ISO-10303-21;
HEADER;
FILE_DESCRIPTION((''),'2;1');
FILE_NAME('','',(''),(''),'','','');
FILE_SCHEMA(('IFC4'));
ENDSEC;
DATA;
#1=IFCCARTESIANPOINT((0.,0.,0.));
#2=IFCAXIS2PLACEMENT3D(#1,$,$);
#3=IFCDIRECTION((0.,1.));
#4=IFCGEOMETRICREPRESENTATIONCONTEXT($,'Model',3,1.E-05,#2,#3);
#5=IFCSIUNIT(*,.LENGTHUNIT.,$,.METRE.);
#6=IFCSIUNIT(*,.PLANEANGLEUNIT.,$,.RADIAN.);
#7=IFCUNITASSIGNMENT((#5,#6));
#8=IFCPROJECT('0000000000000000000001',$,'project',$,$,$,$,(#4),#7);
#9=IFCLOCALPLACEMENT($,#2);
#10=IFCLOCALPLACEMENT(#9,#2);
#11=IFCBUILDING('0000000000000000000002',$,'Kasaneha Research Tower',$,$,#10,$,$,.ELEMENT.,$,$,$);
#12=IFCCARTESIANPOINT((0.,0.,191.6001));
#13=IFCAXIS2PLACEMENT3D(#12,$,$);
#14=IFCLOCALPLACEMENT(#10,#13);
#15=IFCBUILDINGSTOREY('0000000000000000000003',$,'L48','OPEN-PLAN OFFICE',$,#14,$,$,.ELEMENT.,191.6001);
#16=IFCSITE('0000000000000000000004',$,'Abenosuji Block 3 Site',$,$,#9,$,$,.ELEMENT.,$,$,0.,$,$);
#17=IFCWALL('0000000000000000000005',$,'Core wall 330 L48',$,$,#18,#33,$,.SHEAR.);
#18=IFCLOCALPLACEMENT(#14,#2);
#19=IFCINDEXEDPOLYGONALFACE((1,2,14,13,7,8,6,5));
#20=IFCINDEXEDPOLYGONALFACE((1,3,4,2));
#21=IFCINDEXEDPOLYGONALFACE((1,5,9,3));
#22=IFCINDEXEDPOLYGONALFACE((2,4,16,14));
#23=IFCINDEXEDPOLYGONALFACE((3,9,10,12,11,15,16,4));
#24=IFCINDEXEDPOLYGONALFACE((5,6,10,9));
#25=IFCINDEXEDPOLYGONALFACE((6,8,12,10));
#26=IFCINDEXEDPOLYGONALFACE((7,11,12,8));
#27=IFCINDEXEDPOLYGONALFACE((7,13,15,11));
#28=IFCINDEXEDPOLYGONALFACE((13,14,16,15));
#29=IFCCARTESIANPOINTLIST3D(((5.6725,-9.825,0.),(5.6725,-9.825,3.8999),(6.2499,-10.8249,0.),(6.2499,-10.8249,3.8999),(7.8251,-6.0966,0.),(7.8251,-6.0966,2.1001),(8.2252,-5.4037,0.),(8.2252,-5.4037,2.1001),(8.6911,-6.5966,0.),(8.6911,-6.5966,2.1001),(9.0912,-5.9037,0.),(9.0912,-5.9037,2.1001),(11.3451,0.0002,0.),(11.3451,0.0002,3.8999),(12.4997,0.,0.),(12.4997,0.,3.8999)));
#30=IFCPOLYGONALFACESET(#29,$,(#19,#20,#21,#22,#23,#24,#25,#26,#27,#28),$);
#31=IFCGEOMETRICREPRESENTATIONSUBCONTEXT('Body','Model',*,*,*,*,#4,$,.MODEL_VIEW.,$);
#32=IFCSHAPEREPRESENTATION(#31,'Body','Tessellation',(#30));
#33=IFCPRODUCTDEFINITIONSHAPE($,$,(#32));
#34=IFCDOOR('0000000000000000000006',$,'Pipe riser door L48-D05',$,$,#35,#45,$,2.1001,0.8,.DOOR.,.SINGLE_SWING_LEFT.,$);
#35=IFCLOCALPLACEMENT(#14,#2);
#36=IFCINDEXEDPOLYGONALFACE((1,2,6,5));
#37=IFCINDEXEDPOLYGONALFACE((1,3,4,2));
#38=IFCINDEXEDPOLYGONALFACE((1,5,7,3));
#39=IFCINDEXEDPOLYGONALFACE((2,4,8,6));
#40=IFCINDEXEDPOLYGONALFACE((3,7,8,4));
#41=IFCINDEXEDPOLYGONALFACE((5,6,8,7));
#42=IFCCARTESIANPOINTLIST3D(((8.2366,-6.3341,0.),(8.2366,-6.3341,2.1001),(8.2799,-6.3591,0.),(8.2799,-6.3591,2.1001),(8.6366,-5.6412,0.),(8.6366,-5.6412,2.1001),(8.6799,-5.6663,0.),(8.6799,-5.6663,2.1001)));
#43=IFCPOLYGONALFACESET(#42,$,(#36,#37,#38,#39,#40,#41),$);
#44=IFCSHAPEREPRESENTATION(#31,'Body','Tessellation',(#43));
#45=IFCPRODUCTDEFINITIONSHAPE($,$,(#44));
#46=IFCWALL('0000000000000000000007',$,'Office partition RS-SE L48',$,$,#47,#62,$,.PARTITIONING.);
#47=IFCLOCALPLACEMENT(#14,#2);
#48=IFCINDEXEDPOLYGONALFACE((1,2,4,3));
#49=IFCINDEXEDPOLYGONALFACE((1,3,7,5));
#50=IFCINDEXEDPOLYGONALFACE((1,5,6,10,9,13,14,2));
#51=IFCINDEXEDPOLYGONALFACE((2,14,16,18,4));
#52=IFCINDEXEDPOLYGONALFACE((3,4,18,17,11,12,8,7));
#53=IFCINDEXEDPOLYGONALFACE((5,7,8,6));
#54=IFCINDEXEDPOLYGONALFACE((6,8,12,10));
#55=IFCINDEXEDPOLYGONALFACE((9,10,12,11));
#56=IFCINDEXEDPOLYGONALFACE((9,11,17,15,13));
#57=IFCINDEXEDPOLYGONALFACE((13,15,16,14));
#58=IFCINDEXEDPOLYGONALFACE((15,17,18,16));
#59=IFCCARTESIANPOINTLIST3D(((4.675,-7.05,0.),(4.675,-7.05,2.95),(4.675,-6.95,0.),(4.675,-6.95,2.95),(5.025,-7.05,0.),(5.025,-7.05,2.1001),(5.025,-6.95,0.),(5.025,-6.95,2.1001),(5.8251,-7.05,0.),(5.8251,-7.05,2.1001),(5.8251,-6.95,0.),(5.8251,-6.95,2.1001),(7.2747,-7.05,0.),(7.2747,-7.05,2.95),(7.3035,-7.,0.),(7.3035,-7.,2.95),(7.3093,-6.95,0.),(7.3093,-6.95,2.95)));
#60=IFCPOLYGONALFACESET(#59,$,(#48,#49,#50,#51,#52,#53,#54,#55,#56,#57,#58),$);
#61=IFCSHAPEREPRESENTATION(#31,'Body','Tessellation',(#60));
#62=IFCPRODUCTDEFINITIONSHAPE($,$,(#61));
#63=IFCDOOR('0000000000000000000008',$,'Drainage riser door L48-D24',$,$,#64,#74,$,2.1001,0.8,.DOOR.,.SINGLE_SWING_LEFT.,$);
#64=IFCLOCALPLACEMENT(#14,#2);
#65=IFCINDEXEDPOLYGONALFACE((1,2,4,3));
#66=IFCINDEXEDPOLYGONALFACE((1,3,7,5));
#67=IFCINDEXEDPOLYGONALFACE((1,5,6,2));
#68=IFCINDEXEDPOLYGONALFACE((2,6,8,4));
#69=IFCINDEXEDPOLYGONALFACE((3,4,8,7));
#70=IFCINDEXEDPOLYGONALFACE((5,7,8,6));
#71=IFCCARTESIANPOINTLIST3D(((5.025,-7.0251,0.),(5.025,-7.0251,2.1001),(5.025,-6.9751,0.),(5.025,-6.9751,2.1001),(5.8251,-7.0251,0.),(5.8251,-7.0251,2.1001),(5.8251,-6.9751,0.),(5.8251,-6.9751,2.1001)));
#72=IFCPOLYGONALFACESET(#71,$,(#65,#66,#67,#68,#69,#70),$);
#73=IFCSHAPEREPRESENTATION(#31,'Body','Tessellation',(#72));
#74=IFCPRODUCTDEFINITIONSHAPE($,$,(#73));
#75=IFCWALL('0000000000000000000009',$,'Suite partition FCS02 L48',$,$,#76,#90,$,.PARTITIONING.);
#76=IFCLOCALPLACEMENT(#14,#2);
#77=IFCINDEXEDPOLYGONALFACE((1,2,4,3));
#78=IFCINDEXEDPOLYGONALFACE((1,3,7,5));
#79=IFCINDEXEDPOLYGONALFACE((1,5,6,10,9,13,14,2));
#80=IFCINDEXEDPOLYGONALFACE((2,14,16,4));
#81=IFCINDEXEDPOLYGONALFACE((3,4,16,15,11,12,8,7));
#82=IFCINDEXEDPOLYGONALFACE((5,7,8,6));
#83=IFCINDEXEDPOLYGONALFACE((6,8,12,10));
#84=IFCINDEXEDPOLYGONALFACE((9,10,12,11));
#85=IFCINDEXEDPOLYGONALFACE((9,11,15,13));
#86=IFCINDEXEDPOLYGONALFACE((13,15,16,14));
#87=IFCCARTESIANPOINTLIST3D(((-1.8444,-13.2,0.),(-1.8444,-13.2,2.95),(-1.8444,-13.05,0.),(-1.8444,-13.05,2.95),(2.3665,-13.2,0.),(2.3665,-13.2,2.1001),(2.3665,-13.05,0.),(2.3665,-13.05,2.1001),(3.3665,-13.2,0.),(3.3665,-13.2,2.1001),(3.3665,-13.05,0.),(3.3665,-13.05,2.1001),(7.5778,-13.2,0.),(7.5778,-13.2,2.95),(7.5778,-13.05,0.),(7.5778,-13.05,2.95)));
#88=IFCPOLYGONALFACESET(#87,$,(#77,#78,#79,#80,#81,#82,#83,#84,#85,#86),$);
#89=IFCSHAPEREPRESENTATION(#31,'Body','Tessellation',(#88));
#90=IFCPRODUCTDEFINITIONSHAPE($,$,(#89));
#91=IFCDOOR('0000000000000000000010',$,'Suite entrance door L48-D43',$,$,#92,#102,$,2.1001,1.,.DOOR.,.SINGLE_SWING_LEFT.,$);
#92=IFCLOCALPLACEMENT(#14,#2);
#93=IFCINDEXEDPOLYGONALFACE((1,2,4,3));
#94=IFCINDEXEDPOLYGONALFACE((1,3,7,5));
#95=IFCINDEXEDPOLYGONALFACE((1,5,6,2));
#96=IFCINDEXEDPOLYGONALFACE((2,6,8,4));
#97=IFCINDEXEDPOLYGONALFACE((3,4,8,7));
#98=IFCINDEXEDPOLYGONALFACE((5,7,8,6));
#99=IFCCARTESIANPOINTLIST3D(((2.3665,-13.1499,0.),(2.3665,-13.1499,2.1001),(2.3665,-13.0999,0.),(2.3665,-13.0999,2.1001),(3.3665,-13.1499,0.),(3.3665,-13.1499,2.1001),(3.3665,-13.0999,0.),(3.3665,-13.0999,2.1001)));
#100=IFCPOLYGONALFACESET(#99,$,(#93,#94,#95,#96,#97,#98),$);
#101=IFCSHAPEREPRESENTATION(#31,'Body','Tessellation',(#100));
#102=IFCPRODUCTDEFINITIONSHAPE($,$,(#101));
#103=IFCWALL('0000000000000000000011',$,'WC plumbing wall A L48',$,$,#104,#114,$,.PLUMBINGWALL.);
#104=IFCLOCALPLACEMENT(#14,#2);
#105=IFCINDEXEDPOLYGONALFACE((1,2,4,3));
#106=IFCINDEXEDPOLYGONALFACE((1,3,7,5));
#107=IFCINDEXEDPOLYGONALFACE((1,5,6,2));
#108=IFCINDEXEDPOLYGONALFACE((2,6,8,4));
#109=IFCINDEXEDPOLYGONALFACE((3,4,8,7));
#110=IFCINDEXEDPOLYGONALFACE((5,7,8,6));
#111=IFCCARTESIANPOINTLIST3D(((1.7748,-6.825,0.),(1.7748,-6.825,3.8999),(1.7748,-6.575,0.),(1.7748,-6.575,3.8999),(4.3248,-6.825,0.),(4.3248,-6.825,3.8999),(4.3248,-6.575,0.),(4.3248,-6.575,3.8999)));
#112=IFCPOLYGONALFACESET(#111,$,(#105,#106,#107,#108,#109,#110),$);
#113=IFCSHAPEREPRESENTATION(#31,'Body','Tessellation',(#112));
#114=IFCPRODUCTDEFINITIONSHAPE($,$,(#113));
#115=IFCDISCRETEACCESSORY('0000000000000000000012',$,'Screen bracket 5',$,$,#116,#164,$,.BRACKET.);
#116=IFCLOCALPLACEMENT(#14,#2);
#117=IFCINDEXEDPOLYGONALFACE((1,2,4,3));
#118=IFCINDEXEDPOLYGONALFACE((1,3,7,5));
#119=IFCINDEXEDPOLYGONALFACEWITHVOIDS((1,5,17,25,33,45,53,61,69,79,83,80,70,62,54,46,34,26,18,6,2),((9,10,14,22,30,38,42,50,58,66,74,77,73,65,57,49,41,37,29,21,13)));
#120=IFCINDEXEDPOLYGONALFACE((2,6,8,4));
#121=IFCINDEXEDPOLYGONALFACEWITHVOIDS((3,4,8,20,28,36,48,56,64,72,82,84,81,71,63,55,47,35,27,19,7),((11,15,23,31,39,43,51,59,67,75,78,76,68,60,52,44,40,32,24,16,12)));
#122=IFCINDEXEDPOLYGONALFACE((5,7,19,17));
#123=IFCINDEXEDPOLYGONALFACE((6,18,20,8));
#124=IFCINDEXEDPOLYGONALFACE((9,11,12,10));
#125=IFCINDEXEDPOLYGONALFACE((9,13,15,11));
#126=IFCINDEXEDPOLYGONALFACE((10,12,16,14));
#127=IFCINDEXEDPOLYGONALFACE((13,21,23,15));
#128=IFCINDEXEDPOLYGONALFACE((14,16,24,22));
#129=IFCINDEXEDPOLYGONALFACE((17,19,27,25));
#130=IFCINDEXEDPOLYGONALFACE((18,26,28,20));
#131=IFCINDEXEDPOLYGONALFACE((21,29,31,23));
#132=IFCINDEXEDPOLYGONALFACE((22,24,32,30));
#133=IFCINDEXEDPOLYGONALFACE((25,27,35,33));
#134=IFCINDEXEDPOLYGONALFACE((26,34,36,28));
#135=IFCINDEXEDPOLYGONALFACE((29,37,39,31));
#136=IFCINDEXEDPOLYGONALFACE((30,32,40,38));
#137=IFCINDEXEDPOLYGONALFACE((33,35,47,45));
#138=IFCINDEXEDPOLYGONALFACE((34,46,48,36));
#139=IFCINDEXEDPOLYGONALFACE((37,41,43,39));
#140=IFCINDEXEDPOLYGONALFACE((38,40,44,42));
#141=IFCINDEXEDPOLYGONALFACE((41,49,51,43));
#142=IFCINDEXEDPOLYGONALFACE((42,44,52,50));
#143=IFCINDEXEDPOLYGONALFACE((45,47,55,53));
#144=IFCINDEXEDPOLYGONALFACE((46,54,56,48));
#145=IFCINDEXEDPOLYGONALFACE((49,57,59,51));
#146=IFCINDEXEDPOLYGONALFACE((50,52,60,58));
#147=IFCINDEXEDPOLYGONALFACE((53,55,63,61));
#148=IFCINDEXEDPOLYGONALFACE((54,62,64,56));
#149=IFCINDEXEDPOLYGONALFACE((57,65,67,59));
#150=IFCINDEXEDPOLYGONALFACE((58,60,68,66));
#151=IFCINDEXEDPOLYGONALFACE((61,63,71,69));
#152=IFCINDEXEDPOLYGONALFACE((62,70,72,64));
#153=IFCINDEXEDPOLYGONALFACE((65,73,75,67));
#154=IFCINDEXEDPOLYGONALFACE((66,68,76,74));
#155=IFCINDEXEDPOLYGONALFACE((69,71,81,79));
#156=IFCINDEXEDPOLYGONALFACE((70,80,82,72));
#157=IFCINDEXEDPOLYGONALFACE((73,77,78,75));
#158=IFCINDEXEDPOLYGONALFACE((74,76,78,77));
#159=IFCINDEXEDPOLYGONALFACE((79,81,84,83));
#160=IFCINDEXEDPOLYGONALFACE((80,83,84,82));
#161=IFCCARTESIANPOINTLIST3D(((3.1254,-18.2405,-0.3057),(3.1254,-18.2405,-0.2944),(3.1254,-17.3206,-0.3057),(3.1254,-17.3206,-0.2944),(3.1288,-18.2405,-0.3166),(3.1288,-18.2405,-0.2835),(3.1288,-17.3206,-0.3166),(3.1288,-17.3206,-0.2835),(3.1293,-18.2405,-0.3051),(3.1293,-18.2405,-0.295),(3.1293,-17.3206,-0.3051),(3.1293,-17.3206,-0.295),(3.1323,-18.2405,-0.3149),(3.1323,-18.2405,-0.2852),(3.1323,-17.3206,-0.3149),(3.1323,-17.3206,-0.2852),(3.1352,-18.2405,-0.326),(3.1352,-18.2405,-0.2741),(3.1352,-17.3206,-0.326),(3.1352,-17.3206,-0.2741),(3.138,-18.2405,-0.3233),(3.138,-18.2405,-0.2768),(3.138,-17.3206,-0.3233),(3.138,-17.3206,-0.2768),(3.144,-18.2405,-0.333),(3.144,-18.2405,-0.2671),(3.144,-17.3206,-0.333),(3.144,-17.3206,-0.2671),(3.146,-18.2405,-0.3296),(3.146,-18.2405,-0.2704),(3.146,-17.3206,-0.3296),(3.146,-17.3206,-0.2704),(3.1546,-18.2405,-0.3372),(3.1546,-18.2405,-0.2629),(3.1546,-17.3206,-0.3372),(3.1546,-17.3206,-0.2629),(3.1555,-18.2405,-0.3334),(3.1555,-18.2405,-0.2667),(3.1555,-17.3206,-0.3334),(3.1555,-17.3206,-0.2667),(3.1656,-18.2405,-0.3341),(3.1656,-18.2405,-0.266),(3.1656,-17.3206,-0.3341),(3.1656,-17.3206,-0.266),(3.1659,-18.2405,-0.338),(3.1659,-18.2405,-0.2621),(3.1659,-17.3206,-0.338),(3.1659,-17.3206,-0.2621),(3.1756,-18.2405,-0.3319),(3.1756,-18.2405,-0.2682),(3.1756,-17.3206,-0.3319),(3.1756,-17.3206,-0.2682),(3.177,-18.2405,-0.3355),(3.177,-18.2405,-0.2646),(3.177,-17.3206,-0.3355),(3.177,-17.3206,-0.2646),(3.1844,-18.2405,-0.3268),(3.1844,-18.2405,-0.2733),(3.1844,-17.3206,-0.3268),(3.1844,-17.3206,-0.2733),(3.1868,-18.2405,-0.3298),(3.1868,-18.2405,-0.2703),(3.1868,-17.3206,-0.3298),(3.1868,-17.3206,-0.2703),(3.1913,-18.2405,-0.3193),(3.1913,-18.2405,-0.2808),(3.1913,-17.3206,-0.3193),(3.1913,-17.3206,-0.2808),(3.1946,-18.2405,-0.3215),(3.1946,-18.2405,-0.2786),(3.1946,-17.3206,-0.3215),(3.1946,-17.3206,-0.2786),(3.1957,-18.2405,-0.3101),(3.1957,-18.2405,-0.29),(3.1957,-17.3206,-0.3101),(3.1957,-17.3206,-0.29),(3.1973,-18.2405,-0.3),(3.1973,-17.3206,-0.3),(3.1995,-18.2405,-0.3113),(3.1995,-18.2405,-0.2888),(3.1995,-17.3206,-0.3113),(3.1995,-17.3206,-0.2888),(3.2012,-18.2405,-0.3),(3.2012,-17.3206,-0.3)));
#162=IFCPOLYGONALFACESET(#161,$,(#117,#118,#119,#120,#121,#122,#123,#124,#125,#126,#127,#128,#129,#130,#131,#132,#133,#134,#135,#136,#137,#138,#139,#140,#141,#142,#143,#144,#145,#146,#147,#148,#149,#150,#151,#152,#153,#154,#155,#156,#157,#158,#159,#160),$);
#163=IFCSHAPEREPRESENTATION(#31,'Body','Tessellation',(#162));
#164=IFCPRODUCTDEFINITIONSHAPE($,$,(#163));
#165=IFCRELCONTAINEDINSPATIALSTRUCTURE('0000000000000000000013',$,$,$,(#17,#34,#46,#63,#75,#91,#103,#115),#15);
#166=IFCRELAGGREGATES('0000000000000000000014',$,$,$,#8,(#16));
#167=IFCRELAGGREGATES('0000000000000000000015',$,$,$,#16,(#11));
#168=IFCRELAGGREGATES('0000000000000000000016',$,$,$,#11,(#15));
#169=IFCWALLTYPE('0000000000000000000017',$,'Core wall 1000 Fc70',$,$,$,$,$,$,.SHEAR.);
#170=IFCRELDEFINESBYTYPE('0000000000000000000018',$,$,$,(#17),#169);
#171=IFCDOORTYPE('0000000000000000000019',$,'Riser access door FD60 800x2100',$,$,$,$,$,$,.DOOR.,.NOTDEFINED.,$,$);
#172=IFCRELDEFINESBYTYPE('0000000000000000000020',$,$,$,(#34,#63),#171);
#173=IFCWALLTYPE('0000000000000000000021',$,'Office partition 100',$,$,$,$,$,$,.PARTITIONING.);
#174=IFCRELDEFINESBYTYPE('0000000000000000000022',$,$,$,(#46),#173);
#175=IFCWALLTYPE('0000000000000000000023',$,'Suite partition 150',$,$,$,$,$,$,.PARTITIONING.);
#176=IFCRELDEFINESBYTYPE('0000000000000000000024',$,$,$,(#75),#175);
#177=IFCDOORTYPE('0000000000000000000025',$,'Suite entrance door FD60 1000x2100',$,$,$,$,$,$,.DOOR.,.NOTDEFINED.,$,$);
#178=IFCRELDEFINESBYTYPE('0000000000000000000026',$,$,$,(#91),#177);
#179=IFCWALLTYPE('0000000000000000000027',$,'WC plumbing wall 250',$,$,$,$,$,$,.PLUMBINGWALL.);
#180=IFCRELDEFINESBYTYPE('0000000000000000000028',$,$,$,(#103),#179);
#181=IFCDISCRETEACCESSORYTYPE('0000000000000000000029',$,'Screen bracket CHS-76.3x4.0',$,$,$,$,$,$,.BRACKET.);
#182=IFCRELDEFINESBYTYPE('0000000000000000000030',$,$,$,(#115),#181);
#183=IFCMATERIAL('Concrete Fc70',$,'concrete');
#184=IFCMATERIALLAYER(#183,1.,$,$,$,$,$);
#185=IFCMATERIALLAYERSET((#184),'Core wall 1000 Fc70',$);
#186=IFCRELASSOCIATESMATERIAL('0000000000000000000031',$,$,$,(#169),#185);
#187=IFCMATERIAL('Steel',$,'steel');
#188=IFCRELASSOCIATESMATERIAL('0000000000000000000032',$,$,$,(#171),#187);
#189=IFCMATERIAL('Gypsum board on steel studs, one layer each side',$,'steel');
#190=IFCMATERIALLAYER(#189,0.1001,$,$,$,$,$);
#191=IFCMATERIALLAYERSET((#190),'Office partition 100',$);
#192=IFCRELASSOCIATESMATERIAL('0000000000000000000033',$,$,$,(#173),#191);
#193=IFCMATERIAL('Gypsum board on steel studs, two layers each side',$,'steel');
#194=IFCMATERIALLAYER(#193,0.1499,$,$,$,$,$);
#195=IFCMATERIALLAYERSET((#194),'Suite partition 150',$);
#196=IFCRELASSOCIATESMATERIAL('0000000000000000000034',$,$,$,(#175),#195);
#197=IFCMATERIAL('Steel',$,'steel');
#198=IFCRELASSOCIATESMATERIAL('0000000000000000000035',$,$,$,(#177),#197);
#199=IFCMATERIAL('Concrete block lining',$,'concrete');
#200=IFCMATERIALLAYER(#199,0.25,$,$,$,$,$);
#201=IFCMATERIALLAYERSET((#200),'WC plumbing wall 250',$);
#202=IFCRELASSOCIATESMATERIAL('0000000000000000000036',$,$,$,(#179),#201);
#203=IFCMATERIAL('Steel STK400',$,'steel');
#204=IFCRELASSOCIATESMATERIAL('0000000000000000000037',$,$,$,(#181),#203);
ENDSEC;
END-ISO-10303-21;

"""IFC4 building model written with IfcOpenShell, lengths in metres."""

from ifc_helpers import new_model, si_unit, direction, frame, frame_2d, origin, origin_2d, place, context, subcontext, project, spatial, polyline, rectangle, hollow_circle, outline, extrude, material, layer, layer_set, material_profile, profile_set, type_object, element, fill, save


model = new_model("IFC4")

# Units and contexts
model_context = context("Model", 3, precision=1e-05, world=origin(), true_north=direction((0.0, 1.0)))
body_context = subcontext(model_context, "Body", "Model", "MODEL_VIEW")
ifc_project = project(units=[si_unit("LENGTHUNIT", "METRE"), si_unit("PLANEANGLEUNIT", "RADIAN")], contexts=[model_context])

# Site, building, storey
site_placement = place(None, origin())
site = spatial("IfcSite", under=ifc_project, at=site_placement, Name="Abenosuji Block 3 Site", CompositionType="ELEMENT", RefElevation=0.0)
building_placement = place(site_placement, origin())
building = spatial("IfcBuilding", under=site, at=building_placement, Name="Kasaneha Research Tower", CompositionType="ELEMENT")
storey_placement = place(building_placement, frame((0.0, 0.0, 191.6001)))
storey = spatial("IfcBuildingStorey", under=building, at=storey_placement, Name="L48", Description="OPEN-PLAN OFFICE", CompositionType="ELEMENT", Elevation=191.6001)

# Walls, openings, doors
ifc_material_1 = material(Name="Concrete Fc70", Category="concrete")
ifc_layer_1 = layer(ifc_material_1, 1.0)
ifc_layer_set_1 = layer_set([ifc_layer_1], Name="Core wall 1000 Fc70")
wall_type_1 = type_object("IfcWallType", Name="Core wall 1000 Fc70", PredefinedType="SHEAR", material=ifc_layer_set_1)
wall_1_placement = place(storey_placement, frame((5.9612, -10.325, 0.0), z_axis=(0.0, 0.0, 1.0), x_axis=(0.500004, 0.866023, 0.0)))
wall_1 = element("IfcWall", 1, at=wall_1_placement, inside=storey, type_object=wall_type_1, Name="Core wall 330 L48", PredefinedType="SHEAR", context=body_context, shape_type="SweptSolid", body=[
    extrude(outline(polyline([(-0.2886, -0.5), (4.594, -0.5), (5.394, -0.5), (12.2109, -0.5), (11.6338, 0.5), (5.394, 0.5), (4.594, 0.5), (0.2886, 0.5), (-0.2886, -0.5)])), origin(), (0.0, 0.0, 1.0), 3.8999),
])
opening_1_placement = place(wall_1_placement, frame((4.594, 0.0, 0.0)))
opening_1 = element("IfcOpeningElement", 2, at=opening_1_placement, cuts=wall_1, PredefinedType="OPENING", context=body_context, shape_type="SweptSolid", body=[
    extrude(rectangle(XDim=0.8, YDim=2.1001, at=frame_2d((0.3999, 1.05))), frame((0.0, 0.51, 0.0), z_axis=(0.0, -1.0, 0.0), x_axis=(1.0, 0.0, 0.0)), (0.0, 0.0, 1.0), 1.02),
])
ifc_material_2 = material(Name="Steel", Category="steel")
door_type_1 = type_object("IfcDoorType", Name="Riser access door FD60 800x2100", OperationType="NOTDEFINED", PredefinedType="DOOR", material=ifc_material_2)
door_1_placement = place(opening_1_placement, origin())
door_1 = element("IfcDoor", 3, at=door_1_placement, inside=storey, type_object=door_type_1, Name="Pipe riser door L48-D05", OperationType="SINGLE_SWING_LEFT", OverallHeight=2.1001, OverallWidth=0.8, PredefinedType="DOOR", context=body_context, shape_type="SweptSolid", body=[
    extrude(rectangle(XDim=0.8, YDim=2.1001, at=frame_2d((0.3999, 1.05))), frame((0.0, 0.0249, 0.0), z_axis=(0.0, -1.0, 0.0), x_axis=(1.0, 0.0, 0.0)), (0.0, 0.0, 1.0), 0.05),
])
fill(opening_1, door_1)
ifc_material_3 = material(Name="Gypsum board on steel studs, one layer each side", Category="steel")
ifc_layer_2 = layer(ifc_material_3, 0.1001)
ifc_layer_set_2 = layer_set([ifc_layer_2], Name="Office partition 100")
wall_type_2 = type_object("IfcWallType", Name="Office partition 100", PredefinedType="PARTITIONING", material=ifc_layer_set_2)
wall_2_placement = place(storey_placement, frame((4.675, -7.0, 0.0), z_axis=(0.0, 0.0, 1.0), x_axis=(1.0, 0.0, 0.0)))
wall_2 = element("IfcWall", 4, at=wall_2_placement, inside=storey, type_object=wall_type_2, Name="Office partition RS-SE L48", PredefinedType="PARTITIONING", context=body_context, shape_type="SweptSolid", body=[
    extrude(outline(polyline([(0.0, -0.05), (0.3501, -0.05), (1.1501, -0.05), (2.5996, -0.05), (2.6284, 0.0), (2.6343, 0.05), (1.1501, 0.05), (0.3501, 0.05), (0.0, 0.05), (0.0, -0.05)])), origin(), (0.0, 0.0, 1.0), 2.95),
])
opening_2_placement = place(wall_2_placement, frame((0.3501, 0.0, 0.0)))
opening_2 = element("IfcOpeningElement", 5, at=opening_2_placement, cuts=wall_2, PredefinedType="OPENING", context=body_context, shape_type="SweptSolid", body=[
    extrude(rectangle(XDim=0.8, YDim=2.1001, at=frame_2d((0.3999, 1.05))), frame((0.0, 0.0601, 0.0), z_axis=(0.0, -1.0, 0.0), x_axis=(1.0, 0.0, 0.0)), (0.0, 0.0, 1.0), 0.1201),
])
door_2_placement = place(opening_2_placement, origin())
door_2 = element("IfcDoor", 6, at=door_2_placement, inside=storey, type_object=door_type_1, Name="Drainage riser door L48-D24", OperationType="SINGLE_SWING_LEFT", OverallHeight=2.1001, OverallWidth=0.8, PredefinedType="DOOR", context=body_context, shape_type="SweptSolid", body=[
    extrude(rectangle(XDim=0.8, YDim=2.1001, at=frame_2d((0.3999, 1.05))), frame((0.0, 0.0249, 0.0), z_axis=(0.0, -1.0, 0.0), x_axis=(1.0, 0.0, 0.0)), (0.0, 0.0, 1.0), 0.05),
])
fill(opening_2, door_2)
ifc_material_4 = material(Name="Gypsum board on steel studs, two layers each side", Category="steel")
ifc_layer_3 = layer(ifc_material_4, 0.1499)
ifc_layer_set_3 = layer_set([ifc_layer_3], Name="Suite partition 150")
wall_type_3 = type_object("IfcWallType", Name="Suite partition 150", PredefinedType="PARTITIONING", material=ifc_layer_set_3)
wall_3_placement = place(storey_placement, frame((7.5776, -13.125, 0.0), z_axis=(0.0, 0.0, 1.0), x_axis=(-1.0, 0.0, 0.0)))
wall_3 = element("IfcWall", 7, at=wall_3_placement, inside=storey, type_object=wall_type_3, Name="Suite partition FCS02 L48", PredefinedType="PARTITIONING", context=body_context, shape_type="SweptSolid", body=[
    extrude(rectangle(XDim=9.4221, YDim=0.1499, at=frame_2d((4.7109, 0.0))), origin(), (0.0, 0.0, 1.0), 2.95),
])
opening_3_placement = place(wall_3_placement, frame((4.2112, 0.0, 0.0)))
opening_3 = element("IfcOpeningElement", 8, at=opening_3_placement, cuts=wall_3, PredefinedType="OPENING", context=body_context, shape_type="SweptSolid", body=[
    extrude(rectangle(XDim=1.0, YDim=2.1001, at=frame_2d((0.5, 1.05))), frame((0.0, 0.085, 0.0), z_axis=(0.0, -1.0, 0.0), x_axis=(1.0, 0.0, 0.0)), (0.0, 0.0, 1.0), 0.1699),
])
ifc_material_5 = material(Name="Steel", Category="steel")
door_type_2 = type_object("IfcDoorType", Name="Suite entrance door FD60 1000x2100", OperationType="NOTDEFINED", PredefinedType="DOOR", material=ifc_material_5)
door_3_placement = place(opening_3_placement, origin())
door_3 = element("IfcDoor", 9, at=door_3_placement, inside=storey, type_object=door_type_2, Name="Suite entrance door L48-D43", OperationType="SINGLE_SWING_LEFT", OverallHeight=2.1001, OverallWidth=1.0, PredefinedType="DOOR", context=body_context, shape_type="SweptSolid", body=[
    extrude(rectangle(XDim=1.0, YDim=2.1001, at=frame_2d((0.5, 1.05))), frame((0.0, 0.0249, 0.0), z_axis=(0.0, -1.0, 0.0), x_axis=(1.0, 0.0, 0.0)), (0.0, 0.0, 1.0), 0.05),
])
fill(opening_3, door_3)

# Wall
ifc_material_6 = material(Name="Concrete block lining", Category="concrete")
ifc_layer_4 = layer(ifc_material_6, 0.25)
ifc_layer_set_4 = layer_set([ifc_layer_4], Name="WC plumbing wall 250")
wall_type_4 = type_object("IfcWallType", Name="WC plumbing wall 250", PredefinedType="PLUMBINGWALL", material=ifc_layer_set_4)
wall_4_placement = place(storey_placement, frame((1.7749, -6.7, 0.0), z_axis=(0.0, 0.0, 1.0), x_axis=(1.0, 0.0, 0.0)))
element("IfcWall", 10, at=wall_4_placement, inside=storey, type_object=wall_type_4, Name="WC plumbing wall A L48", PredefinedType="PLUMBINGWALL", context=body_context, shape_type="SweptSolid", body=[
    extrude(rectangle(XDim=2.55, YDim=0.25, at=frame_2d((1.2749, 0.0))), origin(), (0.0, 0.0, 1.0), 3.8999),
])

# Discrete accessory
ifc_material_7 = material(Name="Steel STK400", Category="steel")
ifc_material_profile_1 = material_profile(ifc_material_7, hollow_circle(Radius=0.0381, WallThickness=0.0039, at=origin_2d()), Name="CHS-76.3x4.0")
ifc_profile_set_1 = profile_set([ifc_material_profile_1], Name="Steel STK400")
discrete_accessory_type = type_object("IfcDiscreteAccessoryType", Name="Screen bracket CHS-76.3x4.0", PredefinedType="BRACKET", material=ifc_profile_set_1)
for number, where, z_axis, x_axis, name in (
    (11, (3.1631, -17.3206, -0.3), (0.0, -1.0, 0.0), (1.0, 0.0, 0.0), "Screen bracket 5"),
):
    element("IfcDiscreteAccessory", number, at=place(storey_placement, frame(where, z_axis=z_axis, x_axis=x_axis)), inside=storey, type_object=discrete_accessory_type, Name=name, PredefinedType="BRACKET", context=body_context, shape_type="SweptSolid", body=[
        extrude(hollow_circle(Radius=0.0381, WallThickness=0.0039, at=origin_2d()), origin(), (0.0, 0.0, 1.0), 0.9199),
    ])

save(model, "model.ifc")
